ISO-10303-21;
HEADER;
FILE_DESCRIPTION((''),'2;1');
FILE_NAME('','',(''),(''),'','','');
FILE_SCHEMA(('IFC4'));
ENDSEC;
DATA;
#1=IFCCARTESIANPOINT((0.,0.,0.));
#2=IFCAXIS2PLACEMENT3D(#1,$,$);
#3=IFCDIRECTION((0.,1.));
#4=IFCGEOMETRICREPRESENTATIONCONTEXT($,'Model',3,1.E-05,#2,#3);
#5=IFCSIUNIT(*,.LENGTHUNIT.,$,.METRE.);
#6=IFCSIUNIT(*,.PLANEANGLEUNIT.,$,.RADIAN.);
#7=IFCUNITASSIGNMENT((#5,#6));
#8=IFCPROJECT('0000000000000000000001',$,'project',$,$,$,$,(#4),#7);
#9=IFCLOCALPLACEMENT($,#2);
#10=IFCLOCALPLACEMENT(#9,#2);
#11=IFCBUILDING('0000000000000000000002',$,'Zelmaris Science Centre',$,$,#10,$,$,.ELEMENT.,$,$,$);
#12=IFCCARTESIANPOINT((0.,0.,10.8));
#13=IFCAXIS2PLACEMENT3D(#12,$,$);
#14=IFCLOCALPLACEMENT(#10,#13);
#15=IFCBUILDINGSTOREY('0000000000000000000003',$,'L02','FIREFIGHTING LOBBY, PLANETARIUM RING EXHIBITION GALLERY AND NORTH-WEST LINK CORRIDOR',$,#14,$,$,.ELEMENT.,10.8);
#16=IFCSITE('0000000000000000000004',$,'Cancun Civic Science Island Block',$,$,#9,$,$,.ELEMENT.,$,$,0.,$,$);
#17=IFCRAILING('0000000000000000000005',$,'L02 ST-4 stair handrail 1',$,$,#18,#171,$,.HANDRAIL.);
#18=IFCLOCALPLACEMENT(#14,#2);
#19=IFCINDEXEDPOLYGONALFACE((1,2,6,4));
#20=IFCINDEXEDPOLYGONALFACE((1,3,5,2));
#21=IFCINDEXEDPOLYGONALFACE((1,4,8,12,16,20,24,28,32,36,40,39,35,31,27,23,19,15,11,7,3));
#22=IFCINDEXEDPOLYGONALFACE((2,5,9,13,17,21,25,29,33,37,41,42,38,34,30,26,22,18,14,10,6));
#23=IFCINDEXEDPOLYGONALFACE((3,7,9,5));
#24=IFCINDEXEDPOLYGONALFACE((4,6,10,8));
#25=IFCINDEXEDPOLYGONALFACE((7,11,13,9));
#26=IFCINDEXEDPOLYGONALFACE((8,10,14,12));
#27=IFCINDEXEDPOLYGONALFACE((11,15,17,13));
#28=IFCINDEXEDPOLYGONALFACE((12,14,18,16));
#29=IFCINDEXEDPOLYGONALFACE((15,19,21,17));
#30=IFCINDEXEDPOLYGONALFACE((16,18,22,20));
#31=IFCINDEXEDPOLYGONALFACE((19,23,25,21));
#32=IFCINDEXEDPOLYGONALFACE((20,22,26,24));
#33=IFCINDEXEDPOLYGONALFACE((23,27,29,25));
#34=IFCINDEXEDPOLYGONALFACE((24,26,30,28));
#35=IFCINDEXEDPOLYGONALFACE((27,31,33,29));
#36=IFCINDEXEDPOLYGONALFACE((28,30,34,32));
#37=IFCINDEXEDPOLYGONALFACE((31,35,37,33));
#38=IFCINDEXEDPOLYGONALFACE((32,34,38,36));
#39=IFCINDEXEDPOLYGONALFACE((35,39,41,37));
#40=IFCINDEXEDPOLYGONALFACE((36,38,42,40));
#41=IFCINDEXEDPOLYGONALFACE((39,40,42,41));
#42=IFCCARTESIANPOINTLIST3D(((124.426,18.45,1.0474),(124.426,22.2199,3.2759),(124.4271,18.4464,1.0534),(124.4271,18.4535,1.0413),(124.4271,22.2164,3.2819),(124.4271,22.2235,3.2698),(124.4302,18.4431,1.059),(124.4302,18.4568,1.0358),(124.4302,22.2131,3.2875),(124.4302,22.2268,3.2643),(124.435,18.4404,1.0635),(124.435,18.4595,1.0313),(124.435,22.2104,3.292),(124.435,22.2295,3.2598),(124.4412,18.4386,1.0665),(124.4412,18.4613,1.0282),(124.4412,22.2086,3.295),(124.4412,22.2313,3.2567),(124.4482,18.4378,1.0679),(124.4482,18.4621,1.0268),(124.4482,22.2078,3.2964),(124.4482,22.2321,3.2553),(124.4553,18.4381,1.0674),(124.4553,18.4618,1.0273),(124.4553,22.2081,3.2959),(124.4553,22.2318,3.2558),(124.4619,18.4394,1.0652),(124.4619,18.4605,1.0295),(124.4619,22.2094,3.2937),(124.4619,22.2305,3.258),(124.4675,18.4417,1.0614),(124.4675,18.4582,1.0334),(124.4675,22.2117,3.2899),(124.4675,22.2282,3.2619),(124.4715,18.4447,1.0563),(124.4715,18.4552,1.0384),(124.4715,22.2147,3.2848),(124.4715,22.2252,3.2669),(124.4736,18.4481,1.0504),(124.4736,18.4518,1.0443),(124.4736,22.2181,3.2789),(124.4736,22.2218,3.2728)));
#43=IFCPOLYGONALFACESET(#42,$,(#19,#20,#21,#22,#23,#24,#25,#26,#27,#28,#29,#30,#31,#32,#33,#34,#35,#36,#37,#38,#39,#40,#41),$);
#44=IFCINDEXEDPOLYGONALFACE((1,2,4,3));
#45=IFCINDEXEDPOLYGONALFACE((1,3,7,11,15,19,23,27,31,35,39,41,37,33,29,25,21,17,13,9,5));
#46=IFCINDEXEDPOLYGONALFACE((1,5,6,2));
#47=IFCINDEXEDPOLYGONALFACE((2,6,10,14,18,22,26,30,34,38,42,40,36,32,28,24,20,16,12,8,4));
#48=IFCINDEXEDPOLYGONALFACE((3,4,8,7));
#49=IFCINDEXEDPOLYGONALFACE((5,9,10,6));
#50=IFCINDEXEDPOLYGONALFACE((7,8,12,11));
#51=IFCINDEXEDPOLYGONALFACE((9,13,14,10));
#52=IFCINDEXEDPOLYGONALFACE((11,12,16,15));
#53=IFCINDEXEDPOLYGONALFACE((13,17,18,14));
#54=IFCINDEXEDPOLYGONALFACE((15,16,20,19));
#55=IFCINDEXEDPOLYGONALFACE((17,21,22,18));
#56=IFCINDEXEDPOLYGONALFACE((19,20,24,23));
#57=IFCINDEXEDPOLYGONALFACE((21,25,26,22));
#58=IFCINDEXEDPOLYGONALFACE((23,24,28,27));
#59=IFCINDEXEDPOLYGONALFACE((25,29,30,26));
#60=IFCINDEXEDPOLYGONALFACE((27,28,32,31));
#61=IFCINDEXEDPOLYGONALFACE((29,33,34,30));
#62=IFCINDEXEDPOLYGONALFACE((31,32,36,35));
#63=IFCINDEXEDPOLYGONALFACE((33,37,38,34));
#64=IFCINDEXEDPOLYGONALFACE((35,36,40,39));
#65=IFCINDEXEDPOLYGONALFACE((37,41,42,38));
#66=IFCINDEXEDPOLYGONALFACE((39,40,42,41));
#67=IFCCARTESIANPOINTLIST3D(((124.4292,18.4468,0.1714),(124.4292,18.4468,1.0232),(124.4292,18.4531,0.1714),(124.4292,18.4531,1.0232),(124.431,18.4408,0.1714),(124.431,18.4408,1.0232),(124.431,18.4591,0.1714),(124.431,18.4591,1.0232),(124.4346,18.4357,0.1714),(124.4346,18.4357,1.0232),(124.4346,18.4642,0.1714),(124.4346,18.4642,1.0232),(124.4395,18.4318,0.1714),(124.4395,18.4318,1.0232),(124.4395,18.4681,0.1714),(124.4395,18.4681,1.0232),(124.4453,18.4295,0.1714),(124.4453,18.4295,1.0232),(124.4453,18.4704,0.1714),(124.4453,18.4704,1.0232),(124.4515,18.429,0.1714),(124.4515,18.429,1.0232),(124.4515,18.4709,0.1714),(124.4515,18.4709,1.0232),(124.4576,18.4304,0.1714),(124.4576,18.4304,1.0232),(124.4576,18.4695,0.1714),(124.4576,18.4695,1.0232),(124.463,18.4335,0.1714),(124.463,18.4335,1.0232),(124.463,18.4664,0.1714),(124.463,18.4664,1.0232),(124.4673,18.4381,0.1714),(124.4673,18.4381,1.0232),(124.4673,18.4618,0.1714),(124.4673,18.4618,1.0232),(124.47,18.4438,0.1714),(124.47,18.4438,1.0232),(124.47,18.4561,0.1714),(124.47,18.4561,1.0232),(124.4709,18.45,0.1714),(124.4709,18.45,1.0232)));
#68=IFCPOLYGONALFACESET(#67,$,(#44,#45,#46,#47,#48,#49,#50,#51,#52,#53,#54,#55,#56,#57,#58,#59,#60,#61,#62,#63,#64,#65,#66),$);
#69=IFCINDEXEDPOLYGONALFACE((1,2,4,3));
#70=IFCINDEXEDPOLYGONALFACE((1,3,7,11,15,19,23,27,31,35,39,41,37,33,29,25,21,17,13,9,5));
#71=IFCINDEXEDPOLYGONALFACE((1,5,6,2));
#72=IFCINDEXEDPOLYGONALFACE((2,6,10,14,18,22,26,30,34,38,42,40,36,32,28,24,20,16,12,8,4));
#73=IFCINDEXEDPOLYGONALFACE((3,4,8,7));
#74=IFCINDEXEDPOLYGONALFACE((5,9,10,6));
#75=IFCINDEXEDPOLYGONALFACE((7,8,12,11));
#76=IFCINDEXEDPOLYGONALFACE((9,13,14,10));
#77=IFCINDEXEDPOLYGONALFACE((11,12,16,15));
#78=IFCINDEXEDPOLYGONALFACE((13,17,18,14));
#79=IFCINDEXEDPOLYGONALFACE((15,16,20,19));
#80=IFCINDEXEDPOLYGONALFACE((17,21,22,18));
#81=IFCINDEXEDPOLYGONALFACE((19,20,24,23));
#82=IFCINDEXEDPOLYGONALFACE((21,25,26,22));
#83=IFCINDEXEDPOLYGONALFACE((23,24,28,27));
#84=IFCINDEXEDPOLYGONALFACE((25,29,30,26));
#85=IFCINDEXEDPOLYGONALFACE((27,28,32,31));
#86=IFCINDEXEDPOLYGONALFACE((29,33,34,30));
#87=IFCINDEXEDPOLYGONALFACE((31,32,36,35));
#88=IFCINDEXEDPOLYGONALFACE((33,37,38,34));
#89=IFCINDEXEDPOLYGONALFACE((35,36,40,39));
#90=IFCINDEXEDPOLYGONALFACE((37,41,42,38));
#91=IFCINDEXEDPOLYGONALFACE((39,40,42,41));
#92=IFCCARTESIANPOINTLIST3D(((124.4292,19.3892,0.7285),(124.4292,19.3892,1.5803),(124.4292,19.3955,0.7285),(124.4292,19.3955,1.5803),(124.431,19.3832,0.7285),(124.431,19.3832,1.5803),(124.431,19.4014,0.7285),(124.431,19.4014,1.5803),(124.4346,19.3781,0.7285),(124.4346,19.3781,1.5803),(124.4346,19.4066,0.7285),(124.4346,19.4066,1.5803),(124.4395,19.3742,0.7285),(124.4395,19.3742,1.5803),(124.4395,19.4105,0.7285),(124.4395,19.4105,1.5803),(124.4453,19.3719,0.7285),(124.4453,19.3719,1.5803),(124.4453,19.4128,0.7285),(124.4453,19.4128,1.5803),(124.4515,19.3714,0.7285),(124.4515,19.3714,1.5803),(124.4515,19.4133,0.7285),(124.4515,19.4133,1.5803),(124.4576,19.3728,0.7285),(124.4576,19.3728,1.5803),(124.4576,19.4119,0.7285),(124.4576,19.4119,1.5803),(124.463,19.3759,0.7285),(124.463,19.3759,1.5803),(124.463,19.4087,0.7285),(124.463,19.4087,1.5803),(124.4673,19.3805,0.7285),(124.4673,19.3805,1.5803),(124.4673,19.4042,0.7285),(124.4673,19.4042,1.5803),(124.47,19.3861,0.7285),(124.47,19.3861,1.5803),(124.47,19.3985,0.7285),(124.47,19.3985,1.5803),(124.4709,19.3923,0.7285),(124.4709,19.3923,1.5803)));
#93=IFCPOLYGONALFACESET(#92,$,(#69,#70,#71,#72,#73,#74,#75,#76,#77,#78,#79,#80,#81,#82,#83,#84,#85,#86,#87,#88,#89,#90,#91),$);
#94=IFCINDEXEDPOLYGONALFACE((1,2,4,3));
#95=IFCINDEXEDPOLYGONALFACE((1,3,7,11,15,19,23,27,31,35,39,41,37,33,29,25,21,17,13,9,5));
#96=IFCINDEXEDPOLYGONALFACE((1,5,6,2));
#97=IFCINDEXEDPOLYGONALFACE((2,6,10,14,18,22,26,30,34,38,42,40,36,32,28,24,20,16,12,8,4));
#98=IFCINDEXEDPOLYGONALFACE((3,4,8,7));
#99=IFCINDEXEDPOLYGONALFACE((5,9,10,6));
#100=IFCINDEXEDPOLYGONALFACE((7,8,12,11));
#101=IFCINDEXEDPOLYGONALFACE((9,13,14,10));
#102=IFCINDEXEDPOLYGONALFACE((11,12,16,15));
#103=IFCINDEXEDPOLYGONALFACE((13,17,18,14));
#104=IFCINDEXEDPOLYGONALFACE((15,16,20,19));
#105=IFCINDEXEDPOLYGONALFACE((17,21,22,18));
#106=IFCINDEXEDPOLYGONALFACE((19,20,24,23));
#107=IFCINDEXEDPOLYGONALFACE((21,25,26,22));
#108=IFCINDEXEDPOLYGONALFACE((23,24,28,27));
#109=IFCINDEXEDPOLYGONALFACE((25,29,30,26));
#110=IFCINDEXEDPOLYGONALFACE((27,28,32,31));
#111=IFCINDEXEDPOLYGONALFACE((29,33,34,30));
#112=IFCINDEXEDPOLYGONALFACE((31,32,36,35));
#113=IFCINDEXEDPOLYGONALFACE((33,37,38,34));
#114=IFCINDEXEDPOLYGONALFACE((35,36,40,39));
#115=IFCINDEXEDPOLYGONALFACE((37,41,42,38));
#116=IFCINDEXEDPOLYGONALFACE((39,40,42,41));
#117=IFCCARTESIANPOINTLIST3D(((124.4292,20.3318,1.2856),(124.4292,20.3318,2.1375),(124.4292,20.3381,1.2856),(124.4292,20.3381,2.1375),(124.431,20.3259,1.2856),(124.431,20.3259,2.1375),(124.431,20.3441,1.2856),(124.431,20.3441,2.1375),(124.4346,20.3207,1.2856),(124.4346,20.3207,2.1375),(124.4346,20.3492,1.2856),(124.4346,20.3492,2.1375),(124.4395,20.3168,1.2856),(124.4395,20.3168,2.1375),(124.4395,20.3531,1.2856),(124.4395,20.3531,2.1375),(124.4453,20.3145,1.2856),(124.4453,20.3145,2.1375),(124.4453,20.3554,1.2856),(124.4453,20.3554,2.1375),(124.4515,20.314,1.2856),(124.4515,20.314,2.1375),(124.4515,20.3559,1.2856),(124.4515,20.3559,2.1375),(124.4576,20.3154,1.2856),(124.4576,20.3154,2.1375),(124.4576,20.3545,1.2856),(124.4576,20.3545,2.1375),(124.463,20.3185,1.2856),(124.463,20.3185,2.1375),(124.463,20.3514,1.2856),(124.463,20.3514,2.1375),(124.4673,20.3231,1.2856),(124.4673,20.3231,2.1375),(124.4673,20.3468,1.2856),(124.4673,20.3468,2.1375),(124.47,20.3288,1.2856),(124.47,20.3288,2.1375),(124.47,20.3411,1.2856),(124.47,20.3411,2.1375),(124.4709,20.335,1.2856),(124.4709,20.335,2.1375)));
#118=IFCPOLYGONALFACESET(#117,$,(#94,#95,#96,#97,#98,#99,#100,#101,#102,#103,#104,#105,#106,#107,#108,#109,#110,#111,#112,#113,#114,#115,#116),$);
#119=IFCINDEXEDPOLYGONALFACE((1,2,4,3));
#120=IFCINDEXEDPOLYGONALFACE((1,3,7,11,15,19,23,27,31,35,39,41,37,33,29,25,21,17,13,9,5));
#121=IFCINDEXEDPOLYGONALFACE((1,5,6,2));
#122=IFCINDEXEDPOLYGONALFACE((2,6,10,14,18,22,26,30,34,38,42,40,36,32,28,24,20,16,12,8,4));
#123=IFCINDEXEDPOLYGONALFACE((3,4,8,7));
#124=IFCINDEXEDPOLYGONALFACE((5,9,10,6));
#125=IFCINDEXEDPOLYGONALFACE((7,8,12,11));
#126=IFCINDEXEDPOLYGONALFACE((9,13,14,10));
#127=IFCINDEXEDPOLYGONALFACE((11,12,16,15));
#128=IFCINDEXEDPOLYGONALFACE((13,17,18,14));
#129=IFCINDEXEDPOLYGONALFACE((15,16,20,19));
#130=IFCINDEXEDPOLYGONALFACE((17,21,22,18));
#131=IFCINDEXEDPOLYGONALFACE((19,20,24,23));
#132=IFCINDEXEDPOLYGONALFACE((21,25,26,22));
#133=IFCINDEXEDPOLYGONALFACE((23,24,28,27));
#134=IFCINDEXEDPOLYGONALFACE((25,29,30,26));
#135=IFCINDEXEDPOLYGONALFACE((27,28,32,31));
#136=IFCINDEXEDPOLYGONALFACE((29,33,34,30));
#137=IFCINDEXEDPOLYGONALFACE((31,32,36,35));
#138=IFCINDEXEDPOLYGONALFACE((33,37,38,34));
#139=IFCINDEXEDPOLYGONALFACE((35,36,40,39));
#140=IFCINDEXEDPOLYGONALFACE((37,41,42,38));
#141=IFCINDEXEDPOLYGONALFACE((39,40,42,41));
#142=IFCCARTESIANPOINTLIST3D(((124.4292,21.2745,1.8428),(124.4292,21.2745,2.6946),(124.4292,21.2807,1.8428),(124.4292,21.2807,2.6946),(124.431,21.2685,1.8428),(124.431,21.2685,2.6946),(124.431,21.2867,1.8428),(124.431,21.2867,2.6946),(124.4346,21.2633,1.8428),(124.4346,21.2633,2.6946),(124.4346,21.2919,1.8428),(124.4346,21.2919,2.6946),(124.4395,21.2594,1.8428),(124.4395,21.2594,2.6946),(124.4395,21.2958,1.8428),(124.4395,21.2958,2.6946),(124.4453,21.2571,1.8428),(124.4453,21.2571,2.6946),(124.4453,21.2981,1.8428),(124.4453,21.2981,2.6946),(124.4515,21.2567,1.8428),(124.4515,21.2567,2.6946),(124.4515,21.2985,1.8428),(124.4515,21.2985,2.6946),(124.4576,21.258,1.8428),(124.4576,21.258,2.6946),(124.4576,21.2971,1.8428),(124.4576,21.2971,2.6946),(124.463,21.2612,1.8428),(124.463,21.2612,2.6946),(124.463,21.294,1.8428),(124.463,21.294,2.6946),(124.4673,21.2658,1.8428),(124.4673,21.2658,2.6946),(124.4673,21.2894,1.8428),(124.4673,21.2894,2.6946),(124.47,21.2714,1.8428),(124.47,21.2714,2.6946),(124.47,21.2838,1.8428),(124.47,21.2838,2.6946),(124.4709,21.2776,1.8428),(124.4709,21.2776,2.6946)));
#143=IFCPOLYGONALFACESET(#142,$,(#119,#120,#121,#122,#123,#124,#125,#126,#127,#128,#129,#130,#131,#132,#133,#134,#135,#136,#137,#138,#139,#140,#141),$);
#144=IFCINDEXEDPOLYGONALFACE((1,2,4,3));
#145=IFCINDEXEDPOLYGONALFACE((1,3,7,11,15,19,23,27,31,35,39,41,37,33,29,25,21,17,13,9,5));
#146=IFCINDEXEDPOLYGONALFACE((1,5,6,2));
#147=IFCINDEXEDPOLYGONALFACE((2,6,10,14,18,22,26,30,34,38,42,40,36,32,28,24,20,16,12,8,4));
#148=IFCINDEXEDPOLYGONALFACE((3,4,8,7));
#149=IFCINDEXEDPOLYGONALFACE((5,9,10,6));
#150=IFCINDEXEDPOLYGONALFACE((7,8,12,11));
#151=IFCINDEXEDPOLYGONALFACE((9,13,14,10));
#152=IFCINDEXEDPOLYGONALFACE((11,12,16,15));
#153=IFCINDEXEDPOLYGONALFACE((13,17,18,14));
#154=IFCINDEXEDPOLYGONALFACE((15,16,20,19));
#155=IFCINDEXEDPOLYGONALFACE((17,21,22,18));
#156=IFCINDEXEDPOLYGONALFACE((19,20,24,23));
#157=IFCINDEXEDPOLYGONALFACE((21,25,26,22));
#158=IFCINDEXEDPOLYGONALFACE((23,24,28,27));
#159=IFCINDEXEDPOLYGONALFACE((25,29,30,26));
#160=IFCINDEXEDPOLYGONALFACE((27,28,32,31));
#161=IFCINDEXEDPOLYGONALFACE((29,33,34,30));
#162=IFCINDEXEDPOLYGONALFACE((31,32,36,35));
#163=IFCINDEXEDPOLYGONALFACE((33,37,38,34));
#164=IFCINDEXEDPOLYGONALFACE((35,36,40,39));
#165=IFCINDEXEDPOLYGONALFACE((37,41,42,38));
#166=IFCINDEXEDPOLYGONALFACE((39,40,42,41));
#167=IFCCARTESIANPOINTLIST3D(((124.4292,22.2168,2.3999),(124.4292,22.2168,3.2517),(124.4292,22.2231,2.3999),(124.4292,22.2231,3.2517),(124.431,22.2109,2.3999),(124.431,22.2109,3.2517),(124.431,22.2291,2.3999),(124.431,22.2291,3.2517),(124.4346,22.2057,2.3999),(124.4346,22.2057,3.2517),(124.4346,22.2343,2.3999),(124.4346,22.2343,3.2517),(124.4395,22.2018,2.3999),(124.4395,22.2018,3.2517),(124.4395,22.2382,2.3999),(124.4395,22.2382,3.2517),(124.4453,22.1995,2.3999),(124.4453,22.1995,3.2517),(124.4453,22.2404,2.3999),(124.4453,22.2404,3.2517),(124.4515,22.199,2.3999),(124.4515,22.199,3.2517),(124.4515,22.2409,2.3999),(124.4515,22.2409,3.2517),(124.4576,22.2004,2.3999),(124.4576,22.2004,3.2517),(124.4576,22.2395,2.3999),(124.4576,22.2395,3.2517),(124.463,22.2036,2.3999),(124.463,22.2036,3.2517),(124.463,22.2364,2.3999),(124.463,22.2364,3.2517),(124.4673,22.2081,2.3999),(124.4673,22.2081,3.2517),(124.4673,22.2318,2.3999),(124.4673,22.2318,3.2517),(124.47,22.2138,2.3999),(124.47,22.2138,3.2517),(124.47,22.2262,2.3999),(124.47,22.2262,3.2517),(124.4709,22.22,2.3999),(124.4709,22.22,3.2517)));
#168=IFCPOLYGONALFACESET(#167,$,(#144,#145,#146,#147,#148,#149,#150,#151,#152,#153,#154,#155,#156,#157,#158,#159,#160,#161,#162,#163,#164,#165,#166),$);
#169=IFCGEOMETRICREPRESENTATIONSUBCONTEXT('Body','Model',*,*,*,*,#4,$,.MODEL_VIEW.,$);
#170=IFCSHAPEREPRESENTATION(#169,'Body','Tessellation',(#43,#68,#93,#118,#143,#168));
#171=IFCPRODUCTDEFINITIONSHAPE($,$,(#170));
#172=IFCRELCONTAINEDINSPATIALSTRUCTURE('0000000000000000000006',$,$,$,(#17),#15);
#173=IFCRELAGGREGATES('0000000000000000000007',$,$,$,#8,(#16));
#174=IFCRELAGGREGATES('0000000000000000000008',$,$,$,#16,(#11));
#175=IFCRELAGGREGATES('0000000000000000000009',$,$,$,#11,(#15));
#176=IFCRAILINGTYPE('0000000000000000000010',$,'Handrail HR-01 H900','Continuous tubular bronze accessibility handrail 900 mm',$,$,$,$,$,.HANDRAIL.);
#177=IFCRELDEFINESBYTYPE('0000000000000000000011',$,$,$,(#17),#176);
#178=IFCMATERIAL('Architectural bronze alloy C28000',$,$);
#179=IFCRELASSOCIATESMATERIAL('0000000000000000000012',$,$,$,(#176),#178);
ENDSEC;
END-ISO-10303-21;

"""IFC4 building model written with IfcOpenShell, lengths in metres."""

from ifc_helpers import new_model, si_unit, direction, frame, origin, origin_2d, place, context, subcontext, project, spatial, circle, extrude, material, type_object, element, save


model = new_model("IFC4")

# Units and contexts
model_context = context("Model", 3, precision=1e-05, world=origin(), true_north=direction((0.0, 1.0)))
body_context = subcontext(model_context, "Body", "Model", "MODEL_VIEW")
ifc_project = project(units=[si_unit("LENGTHUNIT", "METRE"), si_unit("PLANEANGLEUNIT", "RADIAN")], contexts=[model_context])

# Site, building, storey
site_placement = place(None, origin())
site = spatial("IfcSite", under=ifc_project, at=site_placement, Name="Cancun Civic Science Island Block", CompositionType="ELEMENT", RefElevation=0.0)
building_placement = place(site_placement, origin())
building = spatial("IfcBuilding", under=site, at=building_placement, Name="Zelmaris Science Centre", CompositionType="ELEMENT")
storey_placement = place(building_placement, frame((0.0, 0.0, 10.8)))
storey = spatial("IfcBuildingStorey", under=building, at=storey_placement, Name="L02", Description="FIREFIGHTING LOBBY, PLANETARIUM RING EXHIBITION GALLERY AND NORTH-WEST LINK CORRIDOR", CompositionType="ELEMENT", Elevation=10.8)

# Shared definitions
ifc_material_1 = material(Name="Architectural bronze alloy C28000")

# Railing
railing_type_1 = type_object("IfcRailingType", Name="Handrail HR-01 H900", Description="Continuous tubular bronze accessibility handrail 900 mm", PredefinedType="HANDRAIL", material=ifc_material_1)
railing_1_placement = place(storey_placement, frame((124.45, 18.45, 0.1714)))
element("IfcRailing", 1, at=railing_1_placement, inside=storey, type_object=railing_type_1, Name="L02 ST-4 stair handrail 1", PredefinedType="HANDRAIL", context=body_context, shape_type="SweptSolid", body=[
    extrude(circle(Radius=0.0239, at=origin_2d()), frame((0.0, 0.0, 0.876), z_axis=(0.0, 0.860849, 0.508861), x_axis=(-1.0, 0.0, 0.0)), (0.0, 0.0, 1.0), 4.3794),
    extrude(circle(Radius=0.021, at=origin_2d()), origin(), (0.0, 0.0, 1.0), 0.8518),
    extrude(circle(Radius=0.021, at=origin_2d()), frame((0.0, 0.9424, 0.5571)), (0.0, 0.0, 1.0), 0.8518),
    extrude(circle(Radius=0.021, at=origin_2d()), frame((0.0, 1.885, 1.1143)), (0.0, 0.0, 1.0), 0.8518),
    extrude(circle(Radius=0.021, at=origin_2d()), frame((0.0, 2.8276, 1.6714)), (0.0, 0.0, 1.0), 0.8518),
    extrude(circle(Radius=0.021, at=origin_2d()), frame((0.0, 3.77, 2.2285)), (0.0, 0.0, 1.0), 0.8518),
])

save(model, "model.ifc")
